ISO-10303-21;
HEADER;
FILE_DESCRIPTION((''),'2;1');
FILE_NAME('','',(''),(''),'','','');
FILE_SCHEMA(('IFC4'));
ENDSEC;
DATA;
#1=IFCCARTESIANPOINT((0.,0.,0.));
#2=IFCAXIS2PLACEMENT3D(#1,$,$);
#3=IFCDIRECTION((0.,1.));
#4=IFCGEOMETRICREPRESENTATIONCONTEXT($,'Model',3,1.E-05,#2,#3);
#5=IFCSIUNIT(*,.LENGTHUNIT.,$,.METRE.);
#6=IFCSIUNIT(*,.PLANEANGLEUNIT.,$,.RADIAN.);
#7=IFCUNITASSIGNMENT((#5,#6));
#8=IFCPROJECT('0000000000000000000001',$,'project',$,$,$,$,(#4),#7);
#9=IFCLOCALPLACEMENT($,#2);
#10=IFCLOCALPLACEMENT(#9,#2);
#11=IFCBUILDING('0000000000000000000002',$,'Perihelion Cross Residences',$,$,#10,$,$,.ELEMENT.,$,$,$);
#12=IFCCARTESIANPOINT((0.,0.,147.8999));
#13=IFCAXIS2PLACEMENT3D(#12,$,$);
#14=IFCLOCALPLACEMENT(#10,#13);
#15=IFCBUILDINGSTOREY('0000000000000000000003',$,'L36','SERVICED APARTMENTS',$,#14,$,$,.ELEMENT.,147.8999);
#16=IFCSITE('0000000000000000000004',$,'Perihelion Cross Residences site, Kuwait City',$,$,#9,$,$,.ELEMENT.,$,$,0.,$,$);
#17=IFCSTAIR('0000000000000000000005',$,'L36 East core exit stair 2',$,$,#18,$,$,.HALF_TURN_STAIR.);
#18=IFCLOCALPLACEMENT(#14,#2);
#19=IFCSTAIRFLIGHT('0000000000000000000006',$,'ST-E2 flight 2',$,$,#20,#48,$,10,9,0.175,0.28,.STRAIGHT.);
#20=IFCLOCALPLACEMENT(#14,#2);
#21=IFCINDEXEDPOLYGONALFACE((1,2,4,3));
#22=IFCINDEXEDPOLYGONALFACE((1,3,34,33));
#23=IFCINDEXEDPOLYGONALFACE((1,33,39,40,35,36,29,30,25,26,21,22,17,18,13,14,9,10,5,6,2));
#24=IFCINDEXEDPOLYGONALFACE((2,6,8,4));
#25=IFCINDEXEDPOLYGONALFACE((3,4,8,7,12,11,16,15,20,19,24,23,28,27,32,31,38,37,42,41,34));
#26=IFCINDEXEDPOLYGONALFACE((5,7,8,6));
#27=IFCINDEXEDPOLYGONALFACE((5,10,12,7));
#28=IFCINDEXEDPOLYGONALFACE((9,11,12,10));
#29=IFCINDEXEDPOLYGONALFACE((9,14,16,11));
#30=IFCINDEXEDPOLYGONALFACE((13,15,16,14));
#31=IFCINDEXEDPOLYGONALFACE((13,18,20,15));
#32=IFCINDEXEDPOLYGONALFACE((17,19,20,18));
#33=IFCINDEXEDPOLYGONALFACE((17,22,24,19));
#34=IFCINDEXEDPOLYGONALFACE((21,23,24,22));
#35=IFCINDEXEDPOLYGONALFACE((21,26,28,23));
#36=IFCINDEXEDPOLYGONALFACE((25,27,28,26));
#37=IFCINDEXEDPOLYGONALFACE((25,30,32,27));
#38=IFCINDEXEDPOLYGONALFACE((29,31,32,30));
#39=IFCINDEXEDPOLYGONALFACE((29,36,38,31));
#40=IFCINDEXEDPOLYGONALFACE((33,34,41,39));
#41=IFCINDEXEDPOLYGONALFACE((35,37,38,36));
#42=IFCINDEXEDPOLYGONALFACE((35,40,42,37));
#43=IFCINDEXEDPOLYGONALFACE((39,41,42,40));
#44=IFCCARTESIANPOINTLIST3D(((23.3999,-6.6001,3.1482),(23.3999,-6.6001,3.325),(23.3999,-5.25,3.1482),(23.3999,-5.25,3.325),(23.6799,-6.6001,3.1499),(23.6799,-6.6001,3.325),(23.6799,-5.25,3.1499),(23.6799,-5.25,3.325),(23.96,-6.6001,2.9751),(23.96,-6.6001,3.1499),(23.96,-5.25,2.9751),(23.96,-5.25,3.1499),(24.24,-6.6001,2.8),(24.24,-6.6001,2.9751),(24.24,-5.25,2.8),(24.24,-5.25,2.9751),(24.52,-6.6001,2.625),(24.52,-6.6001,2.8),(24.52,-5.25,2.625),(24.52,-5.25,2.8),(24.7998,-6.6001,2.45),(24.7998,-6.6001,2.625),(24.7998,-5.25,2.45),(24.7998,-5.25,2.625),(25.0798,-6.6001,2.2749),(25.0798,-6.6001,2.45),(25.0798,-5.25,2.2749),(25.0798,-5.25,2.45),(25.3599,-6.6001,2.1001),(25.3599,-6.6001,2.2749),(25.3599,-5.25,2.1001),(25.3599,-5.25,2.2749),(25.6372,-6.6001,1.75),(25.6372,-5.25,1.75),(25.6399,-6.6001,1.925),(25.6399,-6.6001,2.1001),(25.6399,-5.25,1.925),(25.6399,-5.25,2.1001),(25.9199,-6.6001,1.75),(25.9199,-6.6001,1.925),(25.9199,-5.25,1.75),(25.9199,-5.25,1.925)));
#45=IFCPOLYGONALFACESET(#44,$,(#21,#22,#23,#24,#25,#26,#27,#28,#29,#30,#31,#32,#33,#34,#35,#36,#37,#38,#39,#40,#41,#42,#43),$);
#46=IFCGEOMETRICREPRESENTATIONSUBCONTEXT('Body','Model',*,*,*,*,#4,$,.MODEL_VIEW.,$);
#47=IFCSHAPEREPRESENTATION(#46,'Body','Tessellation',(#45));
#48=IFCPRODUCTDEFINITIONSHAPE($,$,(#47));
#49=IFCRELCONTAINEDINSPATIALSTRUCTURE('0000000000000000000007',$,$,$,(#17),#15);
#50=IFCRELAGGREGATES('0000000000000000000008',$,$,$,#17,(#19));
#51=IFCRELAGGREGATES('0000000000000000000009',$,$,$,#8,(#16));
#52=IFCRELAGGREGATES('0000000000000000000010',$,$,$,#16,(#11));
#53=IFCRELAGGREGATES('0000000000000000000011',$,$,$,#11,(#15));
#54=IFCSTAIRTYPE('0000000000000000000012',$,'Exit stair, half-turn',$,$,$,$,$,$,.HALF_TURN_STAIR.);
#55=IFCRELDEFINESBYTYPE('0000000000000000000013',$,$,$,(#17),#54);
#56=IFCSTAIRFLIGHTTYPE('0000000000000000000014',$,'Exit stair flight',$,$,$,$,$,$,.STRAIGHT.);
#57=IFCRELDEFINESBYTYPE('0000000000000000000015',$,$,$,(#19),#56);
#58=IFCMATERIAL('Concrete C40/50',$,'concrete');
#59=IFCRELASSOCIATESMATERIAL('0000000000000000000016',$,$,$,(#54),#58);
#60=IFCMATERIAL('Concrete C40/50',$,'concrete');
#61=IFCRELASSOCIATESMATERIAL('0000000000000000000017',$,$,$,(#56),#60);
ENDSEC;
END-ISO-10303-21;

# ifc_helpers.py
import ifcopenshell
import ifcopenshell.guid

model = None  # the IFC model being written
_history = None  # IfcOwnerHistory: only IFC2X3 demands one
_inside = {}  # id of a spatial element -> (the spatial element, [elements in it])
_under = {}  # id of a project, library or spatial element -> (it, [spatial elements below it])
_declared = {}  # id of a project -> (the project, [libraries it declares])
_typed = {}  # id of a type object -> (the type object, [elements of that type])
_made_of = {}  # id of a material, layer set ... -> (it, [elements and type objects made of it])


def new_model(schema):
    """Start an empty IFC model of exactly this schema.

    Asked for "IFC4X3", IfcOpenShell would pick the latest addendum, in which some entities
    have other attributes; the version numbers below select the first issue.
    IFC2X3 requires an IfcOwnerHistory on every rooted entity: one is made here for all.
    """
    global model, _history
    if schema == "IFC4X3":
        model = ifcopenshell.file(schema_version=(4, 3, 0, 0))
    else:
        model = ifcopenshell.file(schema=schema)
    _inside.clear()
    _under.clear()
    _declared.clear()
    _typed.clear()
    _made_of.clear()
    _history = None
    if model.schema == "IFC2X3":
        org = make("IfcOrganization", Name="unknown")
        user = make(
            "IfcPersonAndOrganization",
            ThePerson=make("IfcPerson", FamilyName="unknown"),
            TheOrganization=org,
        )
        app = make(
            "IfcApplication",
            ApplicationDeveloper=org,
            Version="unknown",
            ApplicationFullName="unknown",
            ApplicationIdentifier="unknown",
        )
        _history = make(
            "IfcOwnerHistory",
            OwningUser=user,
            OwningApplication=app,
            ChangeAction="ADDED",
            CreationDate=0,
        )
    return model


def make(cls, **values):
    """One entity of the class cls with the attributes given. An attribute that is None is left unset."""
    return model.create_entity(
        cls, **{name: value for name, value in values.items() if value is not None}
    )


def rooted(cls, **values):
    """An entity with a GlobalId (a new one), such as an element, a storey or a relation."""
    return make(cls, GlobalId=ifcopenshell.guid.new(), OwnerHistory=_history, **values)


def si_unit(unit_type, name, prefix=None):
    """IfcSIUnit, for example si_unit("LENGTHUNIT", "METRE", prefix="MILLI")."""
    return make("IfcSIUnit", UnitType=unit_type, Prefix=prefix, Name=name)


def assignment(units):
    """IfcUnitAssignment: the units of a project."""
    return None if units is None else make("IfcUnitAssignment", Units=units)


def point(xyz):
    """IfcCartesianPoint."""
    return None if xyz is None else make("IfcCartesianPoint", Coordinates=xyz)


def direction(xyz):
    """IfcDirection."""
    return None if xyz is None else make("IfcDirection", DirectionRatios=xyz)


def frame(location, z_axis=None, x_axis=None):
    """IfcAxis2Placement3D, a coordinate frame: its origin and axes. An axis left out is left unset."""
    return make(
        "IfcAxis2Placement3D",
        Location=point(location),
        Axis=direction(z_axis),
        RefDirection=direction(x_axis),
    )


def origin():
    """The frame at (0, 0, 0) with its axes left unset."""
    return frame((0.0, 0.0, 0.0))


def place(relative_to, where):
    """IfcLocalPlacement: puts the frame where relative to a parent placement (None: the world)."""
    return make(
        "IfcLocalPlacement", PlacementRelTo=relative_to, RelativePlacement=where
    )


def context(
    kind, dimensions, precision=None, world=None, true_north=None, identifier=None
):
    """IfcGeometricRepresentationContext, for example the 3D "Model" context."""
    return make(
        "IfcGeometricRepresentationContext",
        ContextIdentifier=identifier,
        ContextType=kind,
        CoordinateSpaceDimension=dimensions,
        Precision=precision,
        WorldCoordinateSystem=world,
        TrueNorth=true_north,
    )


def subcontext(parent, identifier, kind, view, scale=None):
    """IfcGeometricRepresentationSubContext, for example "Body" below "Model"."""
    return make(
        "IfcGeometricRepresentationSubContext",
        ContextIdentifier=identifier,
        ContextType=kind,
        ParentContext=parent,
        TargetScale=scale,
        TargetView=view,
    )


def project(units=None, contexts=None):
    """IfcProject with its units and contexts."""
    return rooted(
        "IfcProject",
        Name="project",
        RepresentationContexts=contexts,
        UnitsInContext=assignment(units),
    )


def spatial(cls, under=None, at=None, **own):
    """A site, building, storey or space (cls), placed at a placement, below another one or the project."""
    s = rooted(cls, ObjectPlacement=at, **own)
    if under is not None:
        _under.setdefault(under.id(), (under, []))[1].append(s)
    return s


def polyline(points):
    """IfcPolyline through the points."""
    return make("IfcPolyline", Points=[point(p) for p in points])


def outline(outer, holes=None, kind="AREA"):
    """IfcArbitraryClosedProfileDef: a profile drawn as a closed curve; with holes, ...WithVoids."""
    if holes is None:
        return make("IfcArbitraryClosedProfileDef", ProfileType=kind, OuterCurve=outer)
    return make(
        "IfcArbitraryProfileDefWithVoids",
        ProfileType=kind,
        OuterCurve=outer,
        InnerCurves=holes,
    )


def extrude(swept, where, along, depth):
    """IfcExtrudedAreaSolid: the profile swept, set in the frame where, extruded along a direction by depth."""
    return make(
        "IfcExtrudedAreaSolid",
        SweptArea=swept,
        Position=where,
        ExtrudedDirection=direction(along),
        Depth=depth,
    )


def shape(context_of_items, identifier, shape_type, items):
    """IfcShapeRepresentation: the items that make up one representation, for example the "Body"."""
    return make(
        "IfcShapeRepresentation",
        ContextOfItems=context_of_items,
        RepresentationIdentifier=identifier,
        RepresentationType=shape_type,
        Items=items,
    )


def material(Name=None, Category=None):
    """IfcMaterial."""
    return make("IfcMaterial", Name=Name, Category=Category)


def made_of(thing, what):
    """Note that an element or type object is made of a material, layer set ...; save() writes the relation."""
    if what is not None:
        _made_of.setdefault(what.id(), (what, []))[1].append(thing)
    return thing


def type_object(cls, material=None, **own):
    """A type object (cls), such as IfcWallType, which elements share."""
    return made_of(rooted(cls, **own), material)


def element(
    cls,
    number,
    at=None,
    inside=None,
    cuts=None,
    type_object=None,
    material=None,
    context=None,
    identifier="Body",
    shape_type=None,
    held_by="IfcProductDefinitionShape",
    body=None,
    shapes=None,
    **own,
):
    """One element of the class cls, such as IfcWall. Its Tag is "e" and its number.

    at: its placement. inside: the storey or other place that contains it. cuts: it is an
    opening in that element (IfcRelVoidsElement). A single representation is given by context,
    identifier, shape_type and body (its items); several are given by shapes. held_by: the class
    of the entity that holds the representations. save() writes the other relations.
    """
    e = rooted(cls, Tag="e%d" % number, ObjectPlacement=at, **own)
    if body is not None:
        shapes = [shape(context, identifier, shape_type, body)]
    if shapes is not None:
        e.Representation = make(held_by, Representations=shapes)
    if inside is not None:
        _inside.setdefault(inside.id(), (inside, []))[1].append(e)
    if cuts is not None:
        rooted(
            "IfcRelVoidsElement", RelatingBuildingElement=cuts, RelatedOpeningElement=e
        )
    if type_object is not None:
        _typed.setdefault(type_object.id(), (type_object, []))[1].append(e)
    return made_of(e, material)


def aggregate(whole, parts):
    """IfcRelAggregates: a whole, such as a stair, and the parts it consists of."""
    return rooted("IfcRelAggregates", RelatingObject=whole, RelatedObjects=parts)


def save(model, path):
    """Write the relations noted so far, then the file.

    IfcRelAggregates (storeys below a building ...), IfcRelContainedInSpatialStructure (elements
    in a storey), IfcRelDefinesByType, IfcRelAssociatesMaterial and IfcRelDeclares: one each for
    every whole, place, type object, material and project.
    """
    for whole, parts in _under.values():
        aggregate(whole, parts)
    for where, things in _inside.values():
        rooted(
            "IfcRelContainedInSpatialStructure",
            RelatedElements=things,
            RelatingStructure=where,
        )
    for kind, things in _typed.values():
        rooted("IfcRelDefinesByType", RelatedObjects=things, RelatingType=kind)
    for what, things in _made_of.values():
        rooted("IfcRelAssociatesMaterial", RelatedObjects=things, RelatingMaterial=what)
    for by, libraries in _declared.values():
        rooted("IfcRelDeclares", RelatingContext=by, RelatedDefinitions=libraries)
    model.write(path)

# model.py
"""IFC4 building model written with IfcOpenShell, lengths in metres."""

from ifc_helpers import new_model, si_unit, direction, frame, origin, place, context, subcontext, project, spatial, polyline, outline, extrude, material, type_object, element, aggregate, save


model = new_model("IFC4")

# Units and contexts
model_context = context("Model", 3, precision=1e-05, world=origin(), true_north=direction((0.0, 1.0)))
body_context = subcontext(model_context, "Body", "Model", "MODEL_VIEW")
ifc_project = project(units=[si_unit("LENGTHUNIT", "METRE"), si_unit("PLANEANGLEUNIT", "RADIAN")], contexts=[model_context])

# Site, building, storey
site_placement = place(None, origin())
site = spatial("IfcSite", under=ifc_project, at=site_placement, Name="Perihelion Cross Residences site, Kuwait City", CompositionType="ELEMENT", RefElevation=0.0)
building_placement = place(site_placement, origin())
building = spatial("IfcBuilding", under=site, at=building_placement, Name="Perihelion Cross Residences", CompositionType="ELEMENT")
storey_placement = place(building_placement, frame((0.0, 0.0, 147.8999)))
storey = spatial("IfcBuildingStorey", under=building, at=storey_placement, Name="L36", Description="SERVICED APARTMENTS", CompositionType="ELEMENT", Elevation=147.8999)

# Stair, stair flight
ifc_material_1 = material(Name="Concrete C40/50", Category="concrete")
stair_type = type_object("IfcStairType", Name="Exit stair, half-turn", PredefinedType="HALF_TURN_STAIR", material=ifc_material_1)
stair_placement = place(storey_placement, origin())
stair = element("IfcStair", 1, at=stair_placement, inside=storey, type_object=stair_type, Name="L36 East core exit stair 2", PredefinedType="HALF_TURN_STAIR")
ifc_material_2 = material(Name="Concrete C40/50", Category="concrete")
stair_flight_type = type_object("IfcStairFlightType", Name="Exit stair flight", PredefinedType="STRAIGHT", material=ifc_material_2)
stair_flight_placement = place(storey_placement, frame((25.9199, -5.925, 1.75), z_axis=(0.0, 0.0, 1.0), x_axis=(-1.0, 0.0, 0.0)))
stair_flight = element("IfcStairFlight", 2, at=stair_flight_placement, type_object=stair_flight_type, Name="ST-E2 flight 2", NumberOfRisers=10, NumberOfTreads=9, PredefinedType="STRAIGHT", RiserHeight=0.175, TreadLength=0.28, context=body_context, shape_type="SweptSolid", body=[
    extrude(outline(polyline([(0.0, 0.0), (0.0, 0.175), (0.28, 0.175), (0.28, 0.3501), (0.5601, 0.3501), (0.5601, 0.5249), (0.8401, 0.5249), (0.8401, 0.7), (1.1201, 0.7), (1.1201, 0.875), (1.3999, 0.875), (1.3999, 1.05), (1.6799, 1.05), (1.6799, 1.2251), (1.96, 1.2251), (1.96, 1.3999), (2.24, 1.3999), (2.24, 1.575), (2.52, 1.575), (2.52, 1.75), (2.52, 1.3982), (0.2827, 0.0), (0.0, 0.0)])), frame((0.0, 0.675, 0.0), z_axis=(0.0, -1.0, 0.0), x_axis=(1.0, 0.0, 0.0)), (0.0, 0.0, 1.0), 1.3501),
])
aggregate(stair, [stair_flight])

save(model, "model.ifc")
